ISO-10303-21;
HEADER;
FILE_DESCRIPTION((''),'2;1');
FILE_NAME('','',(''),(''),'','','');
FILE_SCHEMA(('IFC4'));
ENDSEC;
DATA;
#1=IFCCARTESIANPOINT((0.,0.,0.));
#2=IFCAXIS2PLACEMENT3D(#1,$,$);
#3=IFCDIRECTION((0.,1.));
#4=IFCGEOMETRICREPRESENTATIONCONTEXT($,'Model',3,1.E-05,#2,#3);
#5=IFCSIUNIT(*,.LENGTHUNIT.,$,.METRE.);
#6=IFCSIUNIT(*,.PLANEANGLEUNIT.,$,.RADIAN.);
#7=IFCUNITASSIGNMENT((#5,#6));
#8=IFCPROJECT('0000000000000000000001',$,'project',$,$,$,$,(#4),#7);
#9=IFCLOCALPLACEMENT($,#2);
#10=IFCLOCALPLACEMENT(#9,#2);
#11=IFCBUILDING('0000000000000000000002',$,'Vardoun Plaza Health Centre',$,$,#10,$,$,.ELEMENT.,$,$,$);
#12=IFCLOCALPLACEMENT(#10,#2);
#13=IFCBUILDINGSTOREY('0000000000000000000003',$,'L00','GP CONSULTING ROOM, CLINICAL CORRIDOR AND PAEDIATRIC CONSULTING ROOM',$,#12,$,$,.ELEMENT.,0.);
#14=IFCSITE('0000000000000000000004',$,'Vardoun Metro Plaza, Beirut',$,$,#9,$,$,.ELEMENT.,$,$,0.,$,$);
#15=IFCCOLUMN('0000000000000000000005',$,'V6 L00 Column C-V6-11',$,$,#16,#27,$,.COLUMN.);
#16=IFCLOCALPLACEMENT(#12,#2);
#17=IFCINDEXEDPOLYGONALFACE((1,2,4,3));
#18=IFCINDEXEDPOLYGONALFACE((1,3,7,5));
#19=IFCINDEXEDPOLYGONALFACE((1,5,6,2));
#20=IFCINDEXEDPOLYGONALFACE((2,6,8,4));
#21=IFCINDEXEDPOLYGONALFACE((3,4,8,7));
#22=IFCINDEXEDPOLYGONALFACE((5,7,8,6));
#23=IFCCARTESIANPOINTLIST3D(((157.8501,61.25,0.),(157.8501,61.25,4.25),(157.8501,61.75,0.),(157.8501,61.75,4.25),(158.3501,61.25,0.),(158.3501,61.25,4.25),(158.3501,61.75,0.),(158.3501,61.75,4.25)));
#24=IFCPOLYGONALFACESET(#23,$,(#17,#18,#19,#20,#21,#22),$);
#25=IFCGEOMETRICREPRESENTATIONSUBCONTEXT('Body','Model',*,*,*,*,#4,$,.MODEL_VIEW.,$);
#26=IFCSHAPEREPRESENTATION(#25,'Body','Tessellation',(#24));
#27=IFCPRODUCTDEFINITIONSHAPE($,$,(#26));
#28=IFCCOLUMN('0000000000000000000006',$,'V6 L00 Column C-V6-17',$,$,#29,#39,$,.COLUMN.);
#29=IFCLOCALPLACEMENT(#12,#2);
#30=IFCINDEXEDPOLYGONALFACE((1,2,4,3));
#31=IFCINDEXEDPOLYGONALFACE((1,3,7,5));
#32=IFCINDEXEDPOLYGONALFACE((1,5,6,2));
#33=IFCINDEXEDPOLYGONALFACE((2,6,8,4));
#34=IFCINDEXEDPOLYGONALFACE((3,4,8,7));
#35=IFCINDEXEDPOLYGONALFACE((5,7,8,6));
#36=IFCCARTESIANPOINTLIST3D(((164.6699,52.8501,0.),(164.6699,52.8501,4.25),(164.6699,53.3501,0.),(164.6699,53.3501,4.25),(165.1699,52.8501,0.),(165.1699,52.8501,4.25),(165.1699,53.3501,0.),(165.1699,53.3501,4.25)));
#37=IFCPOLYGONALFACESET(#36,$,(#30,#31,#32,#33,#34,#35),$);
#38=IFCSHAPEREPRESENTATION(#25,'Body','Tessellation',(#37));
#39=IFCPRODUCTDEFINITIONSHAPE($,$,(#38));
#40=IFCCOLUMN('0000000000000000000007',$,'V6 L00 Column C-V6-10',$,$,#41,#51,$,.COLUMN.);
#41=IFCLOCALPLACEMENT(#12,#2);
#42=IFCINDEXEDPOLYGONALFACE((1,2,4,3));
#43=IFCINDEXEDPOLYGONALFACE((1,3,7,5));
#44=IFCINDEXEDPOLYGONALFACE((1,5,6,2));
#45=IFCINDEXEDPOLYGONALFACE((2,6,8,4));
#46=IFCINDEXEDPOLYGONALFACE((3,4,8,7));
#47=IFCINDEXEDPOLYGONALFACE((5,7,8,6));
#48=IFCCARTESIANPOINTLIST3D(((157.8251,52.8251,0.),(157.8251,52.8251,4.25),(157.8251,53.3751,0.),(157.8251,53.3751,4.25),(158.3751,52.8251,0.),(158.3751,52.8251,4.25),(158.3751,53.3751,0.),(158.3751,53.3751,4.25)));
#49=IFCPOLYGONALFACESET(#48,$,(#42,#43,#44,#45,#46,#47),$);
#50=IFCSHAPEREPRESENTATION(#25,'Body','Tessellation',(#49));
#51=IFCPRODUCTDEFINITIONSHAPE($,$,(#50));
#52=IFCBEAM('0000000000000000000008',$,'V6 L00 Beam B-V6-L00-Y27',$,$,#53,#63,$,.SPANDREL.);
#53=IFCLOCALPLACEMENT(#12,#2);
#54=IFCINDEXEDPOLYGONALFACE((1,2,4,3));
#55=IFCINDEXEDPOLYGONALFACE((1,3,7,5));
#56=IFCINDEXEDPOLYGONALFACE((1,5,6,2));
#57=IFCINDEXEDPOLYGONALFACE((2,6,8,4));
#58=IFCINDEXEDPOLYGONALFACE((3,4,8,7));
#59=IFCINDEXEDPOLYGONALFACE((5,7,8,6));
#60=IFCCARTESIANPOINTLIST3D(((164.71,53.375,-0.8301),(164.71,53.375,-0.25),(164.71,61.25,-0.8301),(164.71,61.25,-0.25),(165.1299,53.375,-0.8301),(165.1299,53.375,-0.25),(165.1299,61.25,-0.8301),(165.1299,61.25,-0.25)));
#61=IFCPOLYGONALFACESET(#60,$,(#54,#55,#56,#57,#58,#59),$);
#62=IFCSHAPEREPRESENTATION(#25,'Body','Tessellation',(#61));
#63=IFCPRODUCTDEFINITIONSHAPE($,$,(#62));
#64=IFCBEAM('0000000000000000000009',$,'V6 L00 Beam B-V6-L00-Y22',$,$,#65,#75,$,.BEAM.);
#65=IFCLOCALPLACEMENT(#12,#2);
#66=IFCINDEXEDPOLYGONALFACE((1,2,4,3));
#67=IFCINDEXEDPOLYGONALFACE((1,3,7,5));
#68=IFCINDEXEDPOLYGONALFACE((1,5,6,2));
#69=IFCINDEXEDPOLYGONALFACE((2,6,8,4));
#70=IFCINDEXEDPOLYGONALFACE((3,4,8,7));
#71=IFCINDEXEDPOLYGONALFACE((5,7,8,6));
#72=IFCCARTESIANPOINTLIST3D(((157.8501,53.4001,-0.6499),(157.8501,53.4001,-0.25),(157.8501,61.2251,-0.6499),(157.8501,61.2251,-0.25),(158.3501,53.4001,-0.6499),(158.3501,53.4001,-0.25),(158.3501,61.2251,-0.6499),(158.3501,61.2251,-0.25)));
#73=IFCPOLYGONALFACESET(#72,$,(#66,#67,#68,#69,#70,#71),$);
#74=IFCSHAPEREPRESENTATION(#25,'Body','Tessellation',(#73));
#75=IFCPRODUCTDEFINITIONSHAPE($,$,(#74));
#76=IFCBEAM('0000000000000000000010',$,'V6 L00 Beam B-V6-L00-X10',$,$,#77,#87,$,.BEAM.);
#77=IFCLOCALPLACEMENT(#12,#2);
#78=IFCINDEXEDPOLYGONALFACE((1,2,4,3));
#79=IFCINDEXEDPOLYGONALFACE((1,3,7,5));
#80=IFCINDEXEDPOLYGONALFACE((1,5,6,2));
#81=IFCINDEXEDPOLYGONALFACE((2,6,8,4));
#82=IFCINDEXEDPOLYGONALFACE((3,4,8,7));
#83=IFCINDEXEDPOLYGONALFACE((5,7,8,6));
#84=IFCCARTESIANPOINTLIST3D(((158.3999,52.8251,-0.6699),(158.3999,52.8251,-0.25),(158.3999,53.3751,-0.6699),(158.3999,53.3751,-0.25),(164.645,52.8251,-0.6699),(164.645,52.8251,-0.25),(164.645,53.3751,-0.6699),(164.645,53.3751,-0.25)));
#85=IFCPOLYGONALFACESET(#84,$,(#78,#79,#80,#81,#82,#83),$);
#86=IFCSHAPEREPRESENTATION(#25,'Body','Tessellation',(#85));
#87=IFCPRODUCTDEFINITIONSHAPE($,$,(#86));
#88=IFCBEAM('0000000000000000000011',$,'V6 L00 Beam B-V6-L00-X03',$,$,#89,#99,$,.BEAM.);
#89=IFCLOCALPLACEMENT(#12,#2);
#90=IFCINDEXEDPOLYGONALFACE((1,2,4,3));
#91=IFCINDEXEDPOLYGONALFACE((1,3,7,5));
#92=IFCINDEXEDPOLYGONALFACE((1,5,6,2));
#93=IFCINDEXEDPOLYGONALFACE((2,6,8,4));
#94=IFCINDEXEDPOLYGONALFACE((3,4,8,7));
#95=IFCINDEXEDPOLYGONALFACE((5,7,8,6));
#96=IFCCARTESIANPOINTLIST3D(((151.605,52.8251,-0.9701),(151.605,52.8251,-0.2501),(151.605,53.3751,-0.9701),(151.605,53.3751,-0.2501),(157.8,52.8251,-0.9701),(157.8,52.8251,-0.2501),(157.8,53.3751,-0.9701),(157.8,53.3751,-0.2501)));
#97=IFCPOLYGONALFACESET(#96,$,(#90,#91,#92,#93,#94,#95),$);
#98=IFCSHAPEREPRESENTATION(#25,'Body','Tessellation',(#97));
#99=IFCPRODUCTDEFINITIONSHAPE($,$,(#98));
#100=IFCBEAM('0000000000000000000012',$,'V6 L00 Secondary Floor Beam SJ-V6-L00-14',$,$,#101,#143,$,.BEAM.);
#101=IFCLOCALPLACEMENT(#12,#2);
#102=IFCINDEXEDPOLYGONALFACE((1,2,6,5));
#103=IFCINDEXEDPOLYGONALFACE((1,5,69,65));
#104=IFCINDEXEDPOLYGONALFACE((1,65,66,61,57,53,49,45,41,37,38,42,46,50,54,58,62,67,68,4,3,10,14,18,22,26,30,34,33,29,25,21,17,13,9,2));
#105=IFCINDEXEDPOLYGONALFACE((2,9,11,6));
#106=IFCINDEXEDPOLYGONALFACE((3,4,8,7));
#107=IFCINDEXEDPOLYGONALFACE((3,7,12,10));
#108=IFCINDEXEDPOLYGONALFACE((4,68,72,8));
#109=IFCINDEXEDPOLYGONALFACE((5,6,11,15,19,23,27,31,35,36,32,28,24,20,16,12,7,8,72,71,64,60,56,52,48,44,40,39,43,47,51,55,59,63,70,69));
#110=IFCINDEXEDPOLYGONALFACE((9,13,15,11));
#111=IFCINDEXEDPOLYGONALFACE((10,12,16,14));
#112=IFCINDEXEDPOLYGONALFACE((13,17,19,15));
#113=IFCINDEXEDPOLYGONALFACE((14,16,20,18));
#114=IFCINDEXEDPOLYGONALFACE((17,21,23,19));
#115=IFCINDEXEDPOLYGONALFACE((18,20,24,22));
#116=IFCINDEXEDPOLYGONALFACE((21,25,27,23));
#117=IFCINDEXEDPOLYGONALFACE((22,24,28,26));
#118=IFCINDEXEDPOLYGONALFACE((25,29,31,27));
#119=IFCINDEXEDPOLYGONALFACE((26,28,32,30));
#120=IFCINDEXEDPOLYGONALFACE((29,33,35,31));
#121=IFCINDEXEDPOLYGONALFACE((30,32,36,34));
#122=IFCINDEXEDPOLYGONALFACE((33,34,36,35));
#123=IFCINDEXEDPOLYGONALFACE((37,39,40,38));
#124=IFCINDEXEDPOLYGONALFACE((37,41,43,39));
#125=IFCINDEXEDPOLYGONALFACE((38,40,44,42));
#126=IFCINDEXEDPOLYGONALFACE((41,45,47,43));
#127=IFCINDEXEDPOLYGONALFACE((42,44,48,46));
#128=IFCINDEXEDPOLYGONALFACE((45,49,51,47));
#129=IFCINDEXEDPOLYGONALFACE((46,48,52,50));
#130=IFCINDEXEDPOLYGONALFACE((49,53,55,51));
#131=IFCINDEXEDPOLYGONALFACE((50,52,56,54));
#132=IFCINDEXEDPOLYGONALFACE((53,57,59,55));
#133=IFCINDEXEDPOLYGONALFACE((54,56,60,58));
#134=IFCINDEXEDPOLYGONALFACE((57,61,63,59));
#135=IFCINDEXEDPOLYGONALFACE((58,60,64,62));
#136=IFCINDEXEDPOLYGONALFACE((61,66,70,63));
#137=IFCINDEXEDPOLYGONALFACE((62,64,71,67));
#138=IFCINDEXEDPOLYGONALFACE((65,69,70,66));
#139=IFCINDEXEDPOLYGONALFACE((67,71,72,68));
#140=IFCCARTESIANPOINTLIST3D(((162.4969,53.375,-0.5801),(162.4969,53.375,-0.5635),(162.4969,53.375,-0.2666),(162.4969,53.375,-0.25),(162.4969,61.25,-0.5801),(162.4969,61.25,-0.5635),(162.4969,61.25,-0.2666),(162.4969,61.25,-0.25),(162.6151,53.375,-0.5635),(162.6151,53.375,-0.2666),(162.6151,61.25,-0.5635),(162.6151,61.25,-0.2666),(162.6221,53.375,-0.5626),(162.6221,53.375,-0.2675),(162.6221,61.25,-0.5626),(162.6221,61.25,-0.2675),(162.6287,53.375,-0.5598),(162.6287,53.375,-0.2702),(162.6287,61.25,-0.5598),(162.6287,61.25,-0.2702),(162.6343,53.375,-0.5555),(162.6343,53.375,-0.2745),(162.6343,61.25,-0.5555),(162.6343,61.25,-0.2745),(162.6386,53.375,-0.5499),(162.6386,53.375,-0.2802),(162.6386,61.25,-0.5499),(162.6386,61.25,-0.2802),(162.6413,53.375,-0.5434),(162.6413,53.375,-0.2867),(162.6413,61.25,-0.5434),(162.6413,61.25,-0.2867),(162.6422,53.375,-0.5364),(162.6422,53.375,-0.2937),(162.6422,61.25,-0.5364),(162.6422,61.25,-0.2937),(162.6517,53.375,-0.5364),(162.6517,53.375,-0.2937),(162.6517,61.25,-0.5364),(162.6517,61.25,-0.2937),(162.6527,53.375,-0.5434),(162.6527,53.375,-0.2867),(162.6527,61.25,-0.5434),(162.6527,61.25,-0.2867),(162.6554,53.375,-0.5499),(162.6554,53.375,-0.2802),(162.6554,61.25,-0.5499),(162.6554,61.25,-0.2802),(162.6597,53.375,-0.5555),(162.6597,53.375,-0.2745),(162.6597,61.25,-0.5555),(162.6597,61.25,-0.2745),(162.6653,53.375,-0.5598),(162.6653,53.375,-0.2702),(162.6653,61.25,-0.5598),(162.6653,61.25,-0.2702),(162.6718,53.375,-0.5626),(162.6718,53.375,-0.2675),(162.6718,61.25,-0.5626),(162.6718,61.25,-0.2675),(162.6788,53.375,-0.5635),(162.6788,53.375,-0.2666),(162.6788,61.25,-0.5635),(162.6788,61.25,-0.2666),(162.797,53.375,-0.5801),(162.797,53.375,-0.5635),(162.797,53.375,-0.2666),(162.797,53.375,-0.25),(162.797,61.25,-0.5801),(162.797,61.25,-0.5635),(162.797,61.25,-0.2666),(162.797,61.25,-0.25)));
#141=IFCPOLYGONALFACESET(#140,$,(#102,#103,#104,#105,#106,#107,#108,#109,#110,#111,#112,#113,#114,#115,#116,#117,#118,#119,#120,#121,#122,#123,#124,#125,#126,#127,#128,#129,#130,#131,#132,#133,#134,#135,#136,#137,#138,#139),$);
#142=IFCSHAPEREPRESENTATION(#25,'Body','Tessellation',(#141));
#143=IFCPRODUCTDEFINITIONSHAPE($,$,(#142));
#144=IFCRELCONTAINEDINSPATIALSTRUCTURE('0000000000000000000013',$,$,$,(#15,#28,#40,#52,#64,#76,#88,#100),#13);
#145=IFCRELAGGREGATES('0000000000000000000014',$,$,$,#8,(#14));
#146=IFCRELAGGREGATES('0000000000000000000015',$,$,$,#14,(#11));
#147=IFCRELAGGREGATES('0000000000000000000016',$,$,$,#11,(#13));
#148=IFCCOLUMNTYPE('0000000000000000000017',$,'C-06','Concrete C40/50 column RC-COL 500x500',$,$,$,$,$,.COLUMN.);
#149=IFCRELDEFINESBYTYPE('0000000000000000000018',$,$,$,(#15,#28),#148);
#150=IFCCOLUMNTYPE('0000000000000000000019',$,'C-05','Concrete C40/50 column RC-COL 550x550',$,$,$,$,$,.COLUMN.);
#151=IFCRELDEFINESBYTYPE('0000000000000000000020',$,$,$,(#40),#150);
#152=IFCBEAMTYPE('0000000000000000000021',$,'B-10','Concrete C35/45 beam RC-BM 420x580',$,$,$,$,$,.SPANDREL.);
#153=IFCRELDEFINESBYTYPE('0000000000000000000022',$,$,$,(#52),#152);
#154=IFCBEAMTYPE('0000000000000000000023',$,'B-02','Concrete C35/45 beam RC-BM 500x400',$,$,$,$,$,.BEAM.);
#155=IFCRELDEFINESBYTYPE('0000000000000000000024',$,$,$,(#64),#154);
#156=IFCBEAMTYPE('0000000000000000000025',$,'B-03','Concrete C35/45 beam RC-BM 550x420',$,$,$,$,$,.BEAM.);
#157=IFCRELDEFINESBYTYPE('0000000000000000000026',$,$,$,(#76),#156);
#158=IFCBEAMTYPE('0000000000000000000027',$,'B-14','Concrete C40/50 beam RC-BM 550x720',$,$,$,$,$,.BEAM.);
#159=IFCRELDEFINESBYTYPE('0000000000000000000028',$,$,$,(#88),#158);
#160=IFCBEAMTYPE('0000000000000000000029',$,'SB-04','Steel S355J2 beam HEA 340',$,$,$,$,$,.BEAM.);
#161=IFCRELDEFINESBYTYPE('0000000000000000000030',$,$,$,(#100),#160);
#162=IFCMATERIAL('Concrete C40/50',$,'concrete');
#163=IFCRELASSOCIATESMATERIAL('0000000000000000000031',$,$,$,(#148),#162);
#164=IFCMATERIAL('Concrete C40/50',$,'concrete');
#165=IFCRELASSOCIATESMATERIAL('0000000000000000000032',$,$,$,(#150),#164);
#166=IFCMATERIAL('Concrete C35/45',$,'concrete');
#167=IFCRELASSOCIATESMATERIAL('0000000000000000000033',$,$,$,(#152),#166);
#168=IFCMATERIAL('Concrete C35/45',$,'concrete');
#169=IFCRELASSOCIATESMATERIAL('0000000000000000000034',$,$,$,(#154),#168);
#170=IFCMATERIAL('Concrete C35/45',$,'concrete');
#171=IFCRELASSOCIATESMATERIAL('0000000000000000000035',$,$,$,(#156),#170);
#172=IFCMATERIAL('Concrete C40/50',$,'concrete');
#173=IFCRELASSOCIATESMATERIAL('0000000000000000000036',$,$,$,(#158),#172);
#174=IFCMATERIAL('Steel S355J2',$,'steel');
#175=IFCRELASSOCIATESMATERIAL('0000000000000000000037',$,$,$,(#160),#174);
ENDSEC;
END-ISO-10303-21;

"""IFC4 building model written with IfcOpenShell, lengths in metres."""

from ifc_helpers import new_model, si_unit, direction, frame, origin, origin_2d, place, context, subcontext, project, spatial, rectangle, i_section, extrude, material, material_profile, profile_set, type_object, element, save


model = new_model("IFC4")

# Units and contexts
model_context = context("Model", 3, precision=1e-05, world=origin(), true_north=direction((0.0, 1.0)))
body_context = subcontext(model_context, "Body", "Model", "MODEL_VIEW")
ifc_project = project(units=[si_unit("LENGTHUNIT", "METRE"), si_unit("PLANEANGLEUNIT", "RADIAN")], contexts=[model_context])

# Site, building, storey
site_placement = place(None, origin())
site = spatial("IfcSite", under=ifc_project, at=site_placement, Name="Vardoun Metro Plaza, Beirut", CompositionType="ELEMENT", RefElevation=0.0)
building_placement = place(site_placement, origin())
building = spatial("IfcBuilding", under=site, at=building_placement, Name="Vardoun Plaza Health Centre", CompositionType="ELEMENT")
storey_placement = place(building_placement, origin())
storey = spatial("IfcBuildingStorey", under=building, at=storey_placement, Name="L00", Description="GP CONSULTING ROOM, CLINICAL CORRIDOR AND PAEDIATRIC CONSULTING ROOM", CompositionType="ELEMENT", Elevation=0.0)

# Columns
ifc_material_1 = material(Name="Concrete C40/50", Category="concrete")
ifc_material_profile_1 = material_profile(ifc_material_1, rectangle(XDim=0.5, YDim=0.5, at=origin_2d()), Name="RC-COL 500x500")
ifc_profile_set_1 = profile_set([ifc_material_profile_1], Name="Concrete C40/50")
column_type_1 = type_object("IfcColumnType", Name="C-06", Description="Concrete C40/50 column RC-COL 500x500", PredefinedType="COLUMN", material=ifc_profile_set_1)
for number, where, z_axis, x_axis, name in (
    (1, (158.1001, 61.5, 0.0), (0.0, 0.0, 1.0), (1.0, 0.0, 0.0), "V6 L00 Column C-V6-11"),
    (2, (164.9199, 53.1001, 0.0), (0.0, 0.0, 1.0), (1.0, 0.0, 0.0), "V6 L00 Column C-V6-17"),
):
    element("IfcColumn", number, at=place(storey_placement, frame(where, z_axis=z_axis, x_axis=x_axis)), inside=storey, type_object=column_type_1, Name=name, PredefinedType="COLUMN", context=body_context, shape_type="SweptSolid", body=[
        extrude(rectangle(XDim=0.5, YDim=0.5, at=origin_2d()), origin(), (0.0, 0.0, 1.0), 4.25),
    ])
ifc_material_2 = material(Name="Concrete C40/50", Category="concrete")
ifc_material_profile_2 = material_profile(ifc_material_2, rectangle(XDim=0.55, YDim=0.55, at=origin_2d()), Name="RC-COL 550x550")
ifc_profile_set_2 = profile_set([ifc_material_profile_2], Name="Concrete C40/50")
column_type_2 = type_object("IfcColumnType", Name="C-05", Description="Concrete C40/50 column RC-COL 550x550", PredefinedType="COLUMN", material=ifc_profile_set_2)
column_placement = place(storey_placement, frame((158.1001, 53.1001, 0.0), z_axis=(0.0, 0.0, 1.0), x_axis=(1.0, 0.0, 0.0)))
element("IfcColumn", 3, at=column_placement, inside=storey, type_object=column_type_2, Name="V6 L00 Column C-V6-10", PredefinedType="COLUMN", context=body_context, shape_type="SweptSolid", body=[
    extrude(rectangle(XDim=0.55, YDim=0.55, at=origin_2d()), origin(), (0.0, 0.0, 1.0), 4.25),
])

# Beams
ifc_material_3 = material(Name="Concrete C35/45", Category="concrete")
ifc_material_profile_3 = material_profile(ifc_material_3, rectangle(XDim=0.4199, YDim=0.5801, at=origin_2d()), Name="RC-BM 420x580")
ifc_profile_set_3 = profile_set([ifc_material_profile_3], Name="Concrete C35/45")
beam_type_1 = type_object("IfcBeamType", Name="B-10", Description="Concrete C35/45 beam RC-BM 420x580", PredefinedType="SPANDREL", material=ifc_profile_set_3)
beam_1_placement = place(storey_placement, frame((164.9199, 53.375, -0.54), z_axis=(0.0, 1.0, 0.0), x_axis=(-1.0, 0.0, 0.0)))
element("IfcBeam", 4, at=beam_1_placement, inside=storey, type_object=beam_type_1, Name="V6 L00 Beam B-V6-L00-Y27", PredefinedType="SPANDREL", context=body_context, shape_type="SweptSolid", body=[
    extrude(rectangle(XDim=0.4199, YDim=0.5801, at=origin_2d()), origin(), (0.0, 0.0, 1.0), 7.875),
])
ifc_material_4 = material(Name="Concrete C35/45", Category="concrete")
ifc_material_profile_4 = material_profile(ifc_material_4, rectangle(XDim=0.5, YDim=0.3999, at=origin_2d()), Name="RC-BM 500x400")
ifc_profile_set_4 = profile_set([ifc_material_profile_4], Name="Concrete C35/45")
beam_type_2 = type_object("IfcBeamType", Name="B-02", Description="Concrete C35/45 beam RC-BM 500x400", PredefinedType="BEAM", material=ifc_profile_set_4)
beam_2_placement = place(storey_placement, frame((158.1001, 53.4001, -0.45), z_axis=(0.0, 1.0, 0.0), x_axis=(-1.0, 0.0, 0.0)))
element("IfcBeam", 5, at=beam_2_placement, inside=storey, type_object=beam_type_2, Name="V6 L00 Beam B-V6-L00-Y22", PredefinedType="BEAM", context=body_context, shape_type="SweptSolid", body=[
    extrude(rectangle(XDim=0.5, YDim=0.3999, at=origin_2d()), origin(), (0.0, 0.0, 1.0), 7.825),
])
ifc_material_5 = material(Name="Concrete C35/45", Category="concrete")
ifc_material_profile_5 = material_profile(ifc_material_5, rectangle(XDim=0.55, YDim=0.4199, at=origin_2d()), Name="RC-BM 550x420")
ifc_profile_set_5 = profile_set([ifc_material_profile_5], Name="Concrete C35/45")
beam_type_3 = type_object("IfcBeamType", Name="B-03", Description="Concrete C35/45 beam RC-BM 550x420", PredefinedType="BEAM", material=ifc_profile_set_5)
beam_3_placement = place(storey_placement, frame((158.3999, 53.1001, -0.46), z_axis=(1.0, 0.0, 0.0), x_axis=(0.0, 1.0, 0.0)))
element("IfcBeam", 6, at=beam_3_placement, inside=storey, type_object=beam_type_3, Name="V6 L00 Beam B-V6-L00-X10", PredefinedType="BEAM", context=body_context, shape_type="SweptSolid", body=[
    extrude(rectangle(XDim=0.55, YDim=0.4199, at=origin_2d()), origin(), (0.0, 0.0, 1.0), 6.2451),
])
ifc_material_6 = material(Name="Concrete C40/50", Category="concrete")
ifc_material_profile_6 = material_profile(ifc_material_6, rectangle(XDim=0.55, YDim=0.72, at=origin_2d()), Name="RC-BM 550x720")
ifc_profile_set_6 = profile_set([ifc_material_profile_6], Name="Concrete C40/50")
beam_type_4 = type_object("IfcBeamType", Name="B-14", Description="Concrete C40/50 beam RC-BM 550x720", PredefinedType="BEAM", material=ifc_profile_set_6)
beam_4_placement = place(storey_placement, frame((151.605, 53.1001, -0.6101), z_axis=(1.0, 0.0, 0.0), x_axis=(0.0, 1.0, 0.0)))
element("IfcBeam", 7, at=beam_4_placement, inside=storey, type_object=beam_type_4, Name="V6 L00 Beam B-V6-L00-X03", PredefinedType="BEAM", context=body_context, shape_type="SweptSolid", body=[
    extrude(rectangle(XDim=0.55, YDim=0.72, at=origin_2d()), origin(), (0.0, 0.0, 1.0), 6.1951),
])
ifc_material_7 = material(Name="Steel S355J2", Category="steel")
ifc_material_profile_7 = material_profile(ifc_material_7, i_section(OverallWidth=0.3, OverallDepth=0.3301, WebThickness=0.0095, FlangeThickness=0.0166, FilletRadius=0.0271, at=origin_2d()), Name="HEA 340")
ifc_profile_set_7 = profile_set([ifc_material_profile_7], Name="Steel S355J2")
beam_type_5 = type_object("IfcBeamType", Name="SB-04", Description="Steel S355J2 beam HEA 340", PredefinedType="BEAM", material=ifc_profile_set_7)
beam_5_placement = place(storey_placement, frame((162.647, 53.375, -0.415), z_axis=(0.0, 1.0, 0.0), x_axis=(-1.0, 0.0, 0.0)))
element("IfcBeam", 8, at=beam_5_placement, inside=storey, type_object=beam_type_5, Name="V6 L00 Secondary Floor Beam SJ-V6-L00-14", PredefinedType="BEAM", context=body_context, shape_type="SweptSolid", body=[
    extrude(i_section(OverallWidth=0.3, OverallDepth=0.3301, WebThickness=0.0095, FlangeThickness=0.0166, FilletRadius=0.0271, at=origin_2d()), origin(), (0.0, 0.0, 1.0), 7.875),
])

save(model, "model.ifc")
